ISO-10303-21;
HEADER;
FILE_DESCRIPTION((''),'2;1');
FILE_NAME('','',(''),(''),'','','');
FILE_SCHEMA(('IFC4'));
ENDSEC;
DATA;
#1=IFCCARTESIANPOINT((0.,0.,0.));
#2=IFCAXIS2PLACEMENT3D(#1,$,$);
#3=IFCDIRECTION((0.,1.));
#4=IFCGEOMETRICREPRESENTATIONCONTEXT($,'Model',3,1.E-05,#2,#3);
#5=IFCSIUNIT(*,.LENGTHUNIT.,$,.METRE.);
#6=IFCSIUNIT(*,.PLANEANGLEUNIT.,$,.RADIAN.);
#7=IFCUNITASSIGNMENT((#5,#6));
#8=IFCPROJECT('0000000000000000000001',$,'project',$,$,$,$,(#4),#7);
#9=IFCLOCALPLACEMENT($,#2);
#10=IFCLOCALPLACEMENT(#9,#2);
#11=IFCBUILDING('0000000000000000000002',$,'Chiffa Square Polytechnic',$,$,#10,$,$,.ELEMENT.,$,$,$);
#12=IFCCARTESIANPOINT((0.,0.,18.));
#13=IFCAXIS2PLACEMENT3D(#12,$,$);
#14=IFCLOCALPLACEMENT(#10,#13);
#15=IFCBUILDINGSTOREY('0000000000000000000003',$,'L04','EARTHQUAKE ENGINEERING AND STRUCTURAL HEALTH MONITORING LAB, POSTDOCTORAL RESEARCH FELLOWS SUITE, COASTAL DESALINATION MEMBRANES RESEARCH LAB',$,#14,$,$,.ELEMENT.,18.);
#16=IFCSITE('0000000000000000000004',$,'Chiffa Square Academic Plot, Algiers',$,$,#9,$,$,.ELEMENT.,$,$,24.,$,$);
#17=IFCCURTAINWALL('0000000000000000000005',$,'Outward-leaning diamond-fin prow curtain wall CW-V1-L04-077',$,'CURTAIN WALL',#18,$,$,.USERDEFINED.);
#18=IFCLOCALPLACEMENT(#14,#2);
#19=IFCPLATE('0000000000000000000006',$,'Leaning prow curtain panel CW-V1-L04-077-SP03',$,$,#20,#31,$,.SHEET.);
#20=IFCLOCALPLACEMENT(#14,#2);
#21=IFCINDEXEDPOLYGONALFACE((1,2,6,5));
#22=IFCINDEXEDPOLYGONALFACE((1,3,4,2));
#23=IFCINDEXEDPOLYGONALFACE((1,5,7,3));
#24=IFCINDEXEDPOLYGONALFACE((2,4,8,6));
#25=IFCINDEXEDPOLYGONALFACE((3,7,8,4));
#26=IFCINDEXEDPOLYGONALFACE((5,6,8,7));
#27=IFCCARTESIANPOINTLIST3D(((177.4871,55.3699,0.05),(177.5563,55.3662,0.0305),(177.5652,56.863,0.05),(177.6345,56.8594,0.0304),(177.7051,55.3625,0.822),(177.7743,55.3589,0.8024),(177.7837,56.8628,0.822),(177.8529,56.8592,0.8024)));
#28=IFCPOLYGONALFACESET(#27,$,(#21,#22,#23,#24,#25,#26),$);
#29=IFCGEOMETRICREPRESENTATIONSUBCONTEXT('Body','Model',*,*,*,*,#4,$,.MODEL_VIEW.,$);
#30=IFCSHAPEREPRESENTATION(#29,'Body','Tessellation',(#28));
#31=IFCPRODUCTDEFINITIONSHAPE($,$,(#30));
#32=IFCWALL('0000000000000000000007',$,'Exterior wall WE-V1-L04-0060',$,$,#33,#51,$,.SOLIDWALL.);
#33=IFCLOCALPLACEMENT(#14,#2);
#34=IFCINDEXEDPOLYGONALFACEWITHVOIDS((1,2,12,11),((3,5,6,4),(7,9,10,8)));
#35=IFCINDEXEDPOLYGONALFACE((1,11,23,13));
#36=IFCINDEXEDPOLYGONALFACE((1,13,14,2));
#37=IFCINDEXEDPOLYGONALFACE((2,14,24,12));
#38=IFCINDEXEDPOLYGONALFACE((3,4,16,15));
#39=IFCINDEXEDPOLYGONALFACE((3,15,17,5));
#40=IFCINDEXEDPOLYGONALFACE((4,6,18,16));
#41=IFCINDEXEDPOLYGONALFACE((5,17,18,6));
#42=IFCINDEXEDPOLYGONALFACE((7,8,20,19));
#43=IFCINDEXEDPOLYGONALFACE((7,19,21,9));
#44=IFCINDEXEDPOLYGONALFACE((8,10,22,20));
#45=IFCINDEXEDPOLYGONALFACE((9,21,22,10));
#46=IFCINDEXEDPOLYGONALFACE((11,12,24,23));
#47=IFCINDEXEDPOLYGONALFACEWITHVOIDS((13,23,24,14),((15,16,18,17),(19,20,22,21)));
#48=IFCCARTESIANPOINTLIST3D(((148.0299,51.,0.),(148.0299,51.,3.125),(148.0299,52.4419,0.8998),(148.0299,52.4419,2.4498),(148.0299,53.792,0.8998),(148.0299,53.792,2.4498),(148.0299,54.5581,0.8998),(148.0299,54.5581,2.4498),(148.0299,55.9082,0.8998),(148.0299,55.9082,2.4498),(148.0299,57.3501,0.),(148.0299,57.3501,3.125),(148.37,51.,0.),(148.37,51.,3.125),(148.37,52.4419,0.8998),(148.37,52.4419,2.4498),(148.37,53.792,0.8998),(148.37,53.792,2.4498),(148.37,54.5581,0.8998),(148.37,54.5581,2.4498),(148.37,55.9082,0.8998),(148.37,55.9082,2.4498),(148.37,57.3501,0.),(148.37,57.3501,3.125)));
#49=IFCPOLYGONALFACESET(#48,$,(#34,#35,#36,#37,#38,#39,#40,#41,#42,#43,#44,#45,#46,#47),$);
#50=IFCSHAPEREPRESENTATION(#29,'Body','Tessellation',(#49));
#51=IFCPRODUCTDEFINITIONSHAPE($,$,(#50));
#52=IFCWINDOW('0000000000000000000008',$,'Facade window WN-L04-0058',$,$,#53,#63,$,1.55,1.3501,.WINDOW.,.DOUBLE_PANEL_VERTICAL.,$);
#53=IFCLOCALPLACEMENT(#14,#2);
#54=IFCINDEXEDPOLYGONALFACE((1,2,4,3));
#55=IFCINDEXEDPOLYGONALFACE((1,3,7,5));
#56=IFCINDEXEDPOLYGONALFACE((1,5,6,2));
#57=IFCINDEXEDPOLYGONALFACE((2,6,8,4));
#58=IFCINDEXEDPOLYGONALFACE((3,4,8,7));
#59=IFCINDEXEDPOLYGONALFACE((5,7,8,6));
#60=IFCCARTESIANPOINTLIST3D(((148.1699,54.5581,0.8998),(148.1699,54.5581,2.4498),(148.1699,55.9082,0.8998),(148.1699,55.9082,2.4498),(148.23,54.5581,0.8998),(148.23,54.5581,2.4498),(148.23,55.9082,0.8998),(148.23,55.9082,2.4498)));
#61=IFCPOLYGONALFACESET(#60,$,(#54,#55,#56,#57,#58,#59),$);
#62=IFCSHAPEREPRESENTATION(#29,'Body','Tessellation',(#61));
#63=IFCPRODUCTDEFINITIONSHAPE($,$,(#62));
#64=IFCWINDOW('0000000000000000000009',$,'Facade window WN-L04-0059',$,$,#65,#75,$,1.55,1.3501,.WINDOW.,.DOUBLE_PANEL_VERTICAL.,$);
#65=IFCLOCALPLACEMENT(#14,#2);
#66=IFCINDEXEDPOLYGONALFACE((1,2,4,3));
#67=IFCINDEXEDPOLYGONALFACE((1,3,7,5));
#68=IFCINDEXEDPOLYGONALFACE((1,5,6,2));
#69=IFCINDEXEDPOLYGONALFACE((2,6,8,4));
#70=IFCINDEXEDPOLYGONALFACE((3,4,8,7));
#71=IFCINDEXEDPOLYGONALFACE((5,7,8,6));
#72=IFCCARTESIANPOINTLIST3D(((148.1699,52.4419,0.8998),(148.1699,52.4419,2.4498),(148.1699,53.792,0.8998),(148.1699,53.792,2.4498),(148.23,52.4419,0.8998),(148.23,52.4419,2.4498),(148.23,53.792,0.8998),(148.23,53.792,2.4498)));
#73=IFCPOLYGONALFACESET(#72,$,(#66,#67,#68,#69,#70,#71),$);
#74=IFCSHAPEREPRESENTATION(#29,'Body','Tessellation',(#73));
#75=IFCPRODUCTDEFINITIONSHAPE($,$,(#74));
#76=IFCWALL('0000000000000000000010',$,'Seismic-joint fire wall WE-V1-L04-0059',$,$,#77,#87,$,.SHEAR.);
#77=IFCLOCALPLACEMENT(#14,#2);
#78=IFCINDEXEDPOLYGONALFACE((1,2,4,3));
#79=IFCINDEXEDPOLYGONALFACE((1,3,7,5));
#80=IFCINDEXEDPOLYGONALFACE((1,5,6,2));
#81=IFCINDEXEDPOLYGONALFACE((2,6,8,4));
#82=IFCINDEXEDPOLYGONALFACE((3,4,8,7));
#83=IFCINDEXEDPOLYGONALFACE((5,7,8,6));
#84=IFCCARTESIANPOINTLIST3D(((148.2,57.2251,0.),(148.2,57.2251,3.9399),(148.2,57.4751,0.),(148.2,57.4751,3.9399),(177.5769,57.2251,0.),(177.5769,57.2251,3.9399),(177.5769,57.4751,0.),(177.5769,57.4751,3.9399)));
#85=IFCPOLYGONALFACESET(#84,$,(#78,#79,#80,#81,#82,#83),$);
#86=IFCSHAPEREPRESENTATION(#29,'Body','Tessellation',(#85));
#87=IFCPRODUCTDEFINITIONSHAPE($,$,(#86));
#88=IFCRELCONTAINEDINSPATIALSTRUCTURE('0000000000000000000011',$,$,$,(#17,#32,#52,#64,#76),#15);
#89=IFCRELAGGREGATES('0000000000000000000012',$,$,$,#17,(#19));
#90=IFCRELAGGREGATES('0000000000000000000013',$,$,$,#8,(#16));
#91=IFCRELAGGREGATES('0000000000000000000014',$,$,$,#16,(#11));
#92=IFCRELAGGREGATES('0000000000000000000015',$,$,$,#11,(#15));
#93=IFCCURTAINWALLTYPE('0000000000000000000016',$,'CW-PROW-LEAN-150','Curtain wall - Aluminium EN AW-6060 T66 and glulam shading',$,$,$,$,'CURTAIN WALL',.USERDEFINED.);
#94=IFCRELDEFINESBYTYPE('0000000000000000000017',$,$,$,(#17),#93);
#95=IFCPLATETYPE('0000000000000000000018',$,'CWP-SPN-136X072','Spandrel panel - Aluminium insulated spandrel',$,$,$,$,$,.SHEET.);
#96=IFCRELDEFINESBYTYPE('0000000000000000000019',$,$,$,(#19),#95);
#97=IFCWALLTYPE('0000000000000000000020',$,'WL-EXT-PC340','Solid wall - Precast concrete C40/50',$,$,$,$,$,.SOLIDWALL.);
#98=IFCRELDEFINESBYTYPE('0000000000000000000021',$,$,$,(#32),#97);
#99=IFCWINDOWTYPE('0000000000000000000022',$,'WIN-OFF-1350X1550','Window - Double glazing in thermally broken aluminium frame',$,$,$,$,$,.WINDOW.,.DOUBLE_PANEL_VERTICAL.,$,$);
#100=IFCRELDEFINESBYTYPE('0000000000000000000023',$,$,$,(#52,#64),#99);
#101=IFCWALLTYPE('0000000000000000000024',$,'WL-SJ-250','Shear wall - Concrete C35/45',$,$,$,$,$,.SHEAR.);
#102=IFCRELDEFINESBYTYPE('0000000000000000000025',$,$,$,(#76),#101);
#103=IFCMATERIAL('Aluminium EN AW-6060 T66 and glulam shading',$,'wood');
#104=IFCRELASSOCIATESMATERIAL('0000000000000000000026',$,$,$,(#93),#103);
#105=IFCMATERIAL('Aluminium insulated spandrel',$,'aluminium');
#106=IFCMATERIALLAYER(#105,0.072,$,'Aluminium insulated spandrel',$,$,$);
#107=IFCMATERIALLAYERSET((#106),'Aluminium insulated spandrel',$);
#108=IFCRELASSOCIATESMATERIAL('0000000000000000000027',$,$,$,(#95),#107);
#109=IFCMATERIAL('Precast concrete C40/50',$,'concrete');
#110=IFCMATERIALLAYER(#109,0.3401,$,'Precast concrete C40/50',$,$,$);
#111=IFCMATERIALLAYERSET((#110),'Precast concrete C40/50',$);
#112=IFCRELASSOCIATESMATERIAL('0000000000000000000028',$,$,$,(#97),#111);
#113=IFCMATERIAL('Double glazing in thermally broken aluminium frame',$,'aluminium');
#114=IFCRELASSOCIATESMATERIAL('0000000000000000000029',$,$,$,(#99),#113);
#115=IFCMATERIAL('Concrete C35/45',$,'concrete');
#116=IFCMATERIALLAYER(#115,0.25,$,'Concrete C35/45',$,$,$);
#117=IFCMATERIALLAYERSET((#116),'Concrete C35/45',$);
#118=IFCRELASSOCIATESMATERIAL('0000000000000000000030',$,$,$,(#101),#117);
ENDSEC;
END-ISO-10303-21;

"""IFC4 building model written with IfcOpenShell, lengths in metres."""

from ifc_helpers import new_model, si_unit, direction, frame, frame_2d, origin, place, context, subcontext, project, spatial, polyline, rectangle, outline, extrude, material, layer, layer_set, type_object, element, fill, aggregate, save


model = new_model("IFC4")

# Units and contexts
model_context = context("Model", 3, precision=1e-05, world=origin(), true_north=direction((0.0, 1.0)))
body_context = subcontext(model_context, "Body", "Model", "MODEL_VIEW")
ifc_project = project(units=[si_unit("LENGTHUNIT", "METRE"), si_unit("PLANEANGLEUNIT", "RADIAN")], contexts=[model_context])

# Site, building, storey
site_placement = place(None, origin())
site = spatial("IfcSite", under=ifc_project, at=site_placement, Name="Chiffa Square Academic Plot, Algiers", CompositionType="ELEMENT", RefElevation=24.0)
building_placement = place(site_placement, origin())
building = spatial("IfcBuilding", under=site, at=building_placement, Name="Chiffa Square Polytechnic", CompositionType="ELEMENT")
storey_placement = place(building_placement, frame((0.0, 0.0, 18.0)))
storey = spatial("IfcBuildingStorey", under=building, at=storey_placement, Name="L04", Description="EARTHQUAKE ENGINEERING AND STRUCTURAL HEALTH MONITORING LAB, POSTDOCTORAL RESEARCH FELLOWS SUITE, COASTAL DESALINATION MEMBRANES RESEARCH LAB", CompositionType="ELEMENT", Elevation=18.0)

# Shared definitions
ifc_material_1 = material(Name="Concrete C35/45", Category="concrete")

# Curtain wall
ifc_material_2 = material(Name="Aluminium EN AW-6060 T66 and glulam shading", Category="wood")
curtain_wall_type = type_object("IfcCurtainWallType", Name="CW-PROW-LEAN-150", Description="Curtain wall - Aluminium EN AW-6060 T66 and glulam shading", ElementType="CURTAIN WALL", PredefinedType="USERDEFINED", material=ifc_material_2)
curtain_wall_placement = place(storey_placement, origin())
curtain_wall = element("IfcCurtainWall", 1, at=curtain_wall_placement, inside=storey, type_object=curtain_wall_type, Name="Outward-leaning diamond-fin prow curtain wall CW-V1-L04-077", ObjectType="CURTAIN WALL", PredefinedType="USERDEFINED")

# Plate
ifc_material_3 = material(Name="Aluminium insulated spandrel", Category="aluminium")
ifc_layer_1 = layer(ifc_material_3, 0.072, Name="Aluminium insulated spandrel")
ifc_layer_set_1 = layer_set([ifc_layer_1], Name="Aluminium insulated spandrel")
plate_type_1 = type_object("IfcPlateType", Name="CWP-SPN-136X072", Description="Spandrel panel - Aluminium insulated spandrel", PredefinedType="SHEET", material=ifc_layer_set_1)
plate_1_placement = place(storey_placement, frame((177.4871, 55.3699, 0.05), z_axis=(-0.960995, 0.050319, 0.271951), x_axis=(0.052287, 0.998632, -0.00001)))
plate_1 = element("IfcPlate", 2, at=plate_1_placement, type_object=plate_type_1, Name="Leaning prow curtain panel CW-V1-L04-077-SP03", PredefinedType="SHEET", context=body_context, shape_type="SweptSolid", body=[
    extrude(outline(polyline([(0.0, 0.0), (1.4952, 0.0), (1.5064, -0.8022), (0.0041, -0.8022), (0.0, 0.0)])), origin(), (0.0, 0.0, -1.0), 0.072),
])
aggregate(curtain_wall, [plate_1])

# Wall, openings, windows
ifc_material_4 = material(Name="Precast concrete C40/50", Category="concrete")
ifc_layer_2 = layer(ifc_material_4, 0.3401, Name="Precast concrete C40/50")
ifc_layer_set_2 = layer_set([ifc_layer_2], Name="Precast concrete C40/50")
wall_type_1 = type_object("IfcWallType", Name="WL-EXT-PC340", Description="Solid wall - Precast concrete C40/50", PredefinedType="SOLIDWALL", material=ifc_layer_set_2)
wall_1_placement = place(storey_placement, frame((148.2, 57.3501, 0.0), z_axis=(0.0, 0.0, 1.0), x_axis=(0.0, -1.0, 0.0)))
wall_1 = element("IfcWall", 3, at=wall_1_placement, inside=storey, type_object=wall_type_1, Name="Exterior wall WE-V1-L04-0060", PredefinedType="SOLIDWALL", context=body_context, shape_type="SweptSolid", body=[
    extrude(rectangle(XDim=6.3501, YDim=0.3401, at=frame_2d((3.175, 0.0))), origin(), (0.0, 0.0, 1.0), 3.125),
])
opening_1_placement = place(wall_1_placement, frame((1.4419, 0.0, 0.8999)))
opening_1 = element("IfcOpeningElement", 4, at=opening_1_placement, cuts=wall_1, PredefinedType="OPENING", context=body_context, shape_type="SweptSolid", body=[
    extrude(rectangle(XDim=1.3501, YDim=1.55, at=frame_2d((0.675, 0.7749))), frame((0.0, 0.1802, 0.0), z_axis=(0.0, -1.0, 0.0), x_axis=(1.0, 0.0, 0.0)), (0.0, 0.0, 1.0), 0.3601),
])
opening_2_placement = place(wall_1_placement, frame((3.5581, 0.0, 0.8999)))
opening_2 = element("IfcOpeningElement", 5, at=opening_2_placement, cuts=wall_1, PredefinedType="OPENING", context=body_context, shape_type="SweptSolid", body=[
    extrude(rectangle(XDim=1.3501, YDim=1.55, at=frame_2d((0.675, 0.7749))), frame((0.0, 0.1802, 0.0), z_axis=(0.0, -1.0, 0.0), x_axis=(1.0, 0.0, 0.0)), (0.0, 0.0, 1.0), 0.3601),
])
ifc_material_5 = material(Name="Double glazing in thermally broken aluminium frame", Category="aluminium")
window_type = type_object("IfcWindowType", Name="WIN-OFF-1350X1550", Description="Window - Double glazing in thermally broken aluminium frame", PartitioningType="DOUBLE_PANEL_VERTICAL", PredefinedType="WINDOW", material=ifc_material_5)
window_1_placement = place(opening_1_placement, origin())
window_1 = element("IfcWindow", 6, at=window_1_placement, inside=storey, type_object=window_type, Name="Facade window WN-L04-0058", OverallHeight=1.55, OverallWidth=1.3501, PartitioningType="DOUBLE_PANEL_VERTICAL", PredefinedType="WINDOW", context=body_context, shape_type="SweptSolid", body=[
    extrude(rectangle(XDim=1.3501, YDim=1.55, at=frame_2d((0.675, 0.7749))), frame((0.0, 0.03, 0.0), z_axis=(0.0, -1.0, 0.0), x_axis=(1.0, 0.0, 0.0)), (0.0, 0.0, 1.0), 0.0601),
])
fill(opening_1, window_1)
window_2_placement = place(opening_2_placement, origin())
window_2 = element("IfcWindow", 7, at=window_2_placement, inside=storey, type_object=window_type, Name="Facade window WN-L04-0059", OverallHeight=1.55, OverallWidth=1.3501, PartitioningType="DOUBLE_PANEL_VERTICAL", PredefinedType="WINDOW", context=body_context, shape_type="SweptSolid", body=[
    extrude(rectangle(XDim=1.3501, YDim=1.55, at=frame_2d((0.675, 0.7749))), frame((0.0, 0.03, 0.0), z_axis=(0.0, -1.0, 0.0), x_axis=(1.0, 0.0, 0.0)), (0.0, 0.0, 1.0), 0.0601),
])
fill(opening_2, window_2)

# Wall
ifc_layer_3 = layer(ifc_material_1, 0.25, Name="Concrete C35/45")
ifc_layer_set_3 = layer_set([ifc_layer_3], Name="Concrete C35/45")
wall_type_2 = type_object("IfcWallType", Name="WL-SJ-250", Description="Shear wall - Concrete C35/45", PredefinedType="SHEAR", material=ifc_layer_set_3)
wall_2_placement = place(storey_placement, frame((177.5769, 57.3501, 0.0), z_axis=(0.0, 0.0, 1.0), x_axis=(-1.0, 0.0, 0.0)))
element("IfcWall", 8, at=wall_2_placement, inside=storey, type_object=wall_type_2, Name="Seismic-joint fire wall WE-V1-L04-0059", PredefinedType="SHEAR", context=body_context, shape_type="SweptSolid", body=[
    extrude(rectangle(XDim=29.377, YDim=0.25, at=frame_2d((14.6885, 0.0))), origin(), (0.0, 0.0, 1.0), 3.9399),
])

save(model, "model.ifc")
